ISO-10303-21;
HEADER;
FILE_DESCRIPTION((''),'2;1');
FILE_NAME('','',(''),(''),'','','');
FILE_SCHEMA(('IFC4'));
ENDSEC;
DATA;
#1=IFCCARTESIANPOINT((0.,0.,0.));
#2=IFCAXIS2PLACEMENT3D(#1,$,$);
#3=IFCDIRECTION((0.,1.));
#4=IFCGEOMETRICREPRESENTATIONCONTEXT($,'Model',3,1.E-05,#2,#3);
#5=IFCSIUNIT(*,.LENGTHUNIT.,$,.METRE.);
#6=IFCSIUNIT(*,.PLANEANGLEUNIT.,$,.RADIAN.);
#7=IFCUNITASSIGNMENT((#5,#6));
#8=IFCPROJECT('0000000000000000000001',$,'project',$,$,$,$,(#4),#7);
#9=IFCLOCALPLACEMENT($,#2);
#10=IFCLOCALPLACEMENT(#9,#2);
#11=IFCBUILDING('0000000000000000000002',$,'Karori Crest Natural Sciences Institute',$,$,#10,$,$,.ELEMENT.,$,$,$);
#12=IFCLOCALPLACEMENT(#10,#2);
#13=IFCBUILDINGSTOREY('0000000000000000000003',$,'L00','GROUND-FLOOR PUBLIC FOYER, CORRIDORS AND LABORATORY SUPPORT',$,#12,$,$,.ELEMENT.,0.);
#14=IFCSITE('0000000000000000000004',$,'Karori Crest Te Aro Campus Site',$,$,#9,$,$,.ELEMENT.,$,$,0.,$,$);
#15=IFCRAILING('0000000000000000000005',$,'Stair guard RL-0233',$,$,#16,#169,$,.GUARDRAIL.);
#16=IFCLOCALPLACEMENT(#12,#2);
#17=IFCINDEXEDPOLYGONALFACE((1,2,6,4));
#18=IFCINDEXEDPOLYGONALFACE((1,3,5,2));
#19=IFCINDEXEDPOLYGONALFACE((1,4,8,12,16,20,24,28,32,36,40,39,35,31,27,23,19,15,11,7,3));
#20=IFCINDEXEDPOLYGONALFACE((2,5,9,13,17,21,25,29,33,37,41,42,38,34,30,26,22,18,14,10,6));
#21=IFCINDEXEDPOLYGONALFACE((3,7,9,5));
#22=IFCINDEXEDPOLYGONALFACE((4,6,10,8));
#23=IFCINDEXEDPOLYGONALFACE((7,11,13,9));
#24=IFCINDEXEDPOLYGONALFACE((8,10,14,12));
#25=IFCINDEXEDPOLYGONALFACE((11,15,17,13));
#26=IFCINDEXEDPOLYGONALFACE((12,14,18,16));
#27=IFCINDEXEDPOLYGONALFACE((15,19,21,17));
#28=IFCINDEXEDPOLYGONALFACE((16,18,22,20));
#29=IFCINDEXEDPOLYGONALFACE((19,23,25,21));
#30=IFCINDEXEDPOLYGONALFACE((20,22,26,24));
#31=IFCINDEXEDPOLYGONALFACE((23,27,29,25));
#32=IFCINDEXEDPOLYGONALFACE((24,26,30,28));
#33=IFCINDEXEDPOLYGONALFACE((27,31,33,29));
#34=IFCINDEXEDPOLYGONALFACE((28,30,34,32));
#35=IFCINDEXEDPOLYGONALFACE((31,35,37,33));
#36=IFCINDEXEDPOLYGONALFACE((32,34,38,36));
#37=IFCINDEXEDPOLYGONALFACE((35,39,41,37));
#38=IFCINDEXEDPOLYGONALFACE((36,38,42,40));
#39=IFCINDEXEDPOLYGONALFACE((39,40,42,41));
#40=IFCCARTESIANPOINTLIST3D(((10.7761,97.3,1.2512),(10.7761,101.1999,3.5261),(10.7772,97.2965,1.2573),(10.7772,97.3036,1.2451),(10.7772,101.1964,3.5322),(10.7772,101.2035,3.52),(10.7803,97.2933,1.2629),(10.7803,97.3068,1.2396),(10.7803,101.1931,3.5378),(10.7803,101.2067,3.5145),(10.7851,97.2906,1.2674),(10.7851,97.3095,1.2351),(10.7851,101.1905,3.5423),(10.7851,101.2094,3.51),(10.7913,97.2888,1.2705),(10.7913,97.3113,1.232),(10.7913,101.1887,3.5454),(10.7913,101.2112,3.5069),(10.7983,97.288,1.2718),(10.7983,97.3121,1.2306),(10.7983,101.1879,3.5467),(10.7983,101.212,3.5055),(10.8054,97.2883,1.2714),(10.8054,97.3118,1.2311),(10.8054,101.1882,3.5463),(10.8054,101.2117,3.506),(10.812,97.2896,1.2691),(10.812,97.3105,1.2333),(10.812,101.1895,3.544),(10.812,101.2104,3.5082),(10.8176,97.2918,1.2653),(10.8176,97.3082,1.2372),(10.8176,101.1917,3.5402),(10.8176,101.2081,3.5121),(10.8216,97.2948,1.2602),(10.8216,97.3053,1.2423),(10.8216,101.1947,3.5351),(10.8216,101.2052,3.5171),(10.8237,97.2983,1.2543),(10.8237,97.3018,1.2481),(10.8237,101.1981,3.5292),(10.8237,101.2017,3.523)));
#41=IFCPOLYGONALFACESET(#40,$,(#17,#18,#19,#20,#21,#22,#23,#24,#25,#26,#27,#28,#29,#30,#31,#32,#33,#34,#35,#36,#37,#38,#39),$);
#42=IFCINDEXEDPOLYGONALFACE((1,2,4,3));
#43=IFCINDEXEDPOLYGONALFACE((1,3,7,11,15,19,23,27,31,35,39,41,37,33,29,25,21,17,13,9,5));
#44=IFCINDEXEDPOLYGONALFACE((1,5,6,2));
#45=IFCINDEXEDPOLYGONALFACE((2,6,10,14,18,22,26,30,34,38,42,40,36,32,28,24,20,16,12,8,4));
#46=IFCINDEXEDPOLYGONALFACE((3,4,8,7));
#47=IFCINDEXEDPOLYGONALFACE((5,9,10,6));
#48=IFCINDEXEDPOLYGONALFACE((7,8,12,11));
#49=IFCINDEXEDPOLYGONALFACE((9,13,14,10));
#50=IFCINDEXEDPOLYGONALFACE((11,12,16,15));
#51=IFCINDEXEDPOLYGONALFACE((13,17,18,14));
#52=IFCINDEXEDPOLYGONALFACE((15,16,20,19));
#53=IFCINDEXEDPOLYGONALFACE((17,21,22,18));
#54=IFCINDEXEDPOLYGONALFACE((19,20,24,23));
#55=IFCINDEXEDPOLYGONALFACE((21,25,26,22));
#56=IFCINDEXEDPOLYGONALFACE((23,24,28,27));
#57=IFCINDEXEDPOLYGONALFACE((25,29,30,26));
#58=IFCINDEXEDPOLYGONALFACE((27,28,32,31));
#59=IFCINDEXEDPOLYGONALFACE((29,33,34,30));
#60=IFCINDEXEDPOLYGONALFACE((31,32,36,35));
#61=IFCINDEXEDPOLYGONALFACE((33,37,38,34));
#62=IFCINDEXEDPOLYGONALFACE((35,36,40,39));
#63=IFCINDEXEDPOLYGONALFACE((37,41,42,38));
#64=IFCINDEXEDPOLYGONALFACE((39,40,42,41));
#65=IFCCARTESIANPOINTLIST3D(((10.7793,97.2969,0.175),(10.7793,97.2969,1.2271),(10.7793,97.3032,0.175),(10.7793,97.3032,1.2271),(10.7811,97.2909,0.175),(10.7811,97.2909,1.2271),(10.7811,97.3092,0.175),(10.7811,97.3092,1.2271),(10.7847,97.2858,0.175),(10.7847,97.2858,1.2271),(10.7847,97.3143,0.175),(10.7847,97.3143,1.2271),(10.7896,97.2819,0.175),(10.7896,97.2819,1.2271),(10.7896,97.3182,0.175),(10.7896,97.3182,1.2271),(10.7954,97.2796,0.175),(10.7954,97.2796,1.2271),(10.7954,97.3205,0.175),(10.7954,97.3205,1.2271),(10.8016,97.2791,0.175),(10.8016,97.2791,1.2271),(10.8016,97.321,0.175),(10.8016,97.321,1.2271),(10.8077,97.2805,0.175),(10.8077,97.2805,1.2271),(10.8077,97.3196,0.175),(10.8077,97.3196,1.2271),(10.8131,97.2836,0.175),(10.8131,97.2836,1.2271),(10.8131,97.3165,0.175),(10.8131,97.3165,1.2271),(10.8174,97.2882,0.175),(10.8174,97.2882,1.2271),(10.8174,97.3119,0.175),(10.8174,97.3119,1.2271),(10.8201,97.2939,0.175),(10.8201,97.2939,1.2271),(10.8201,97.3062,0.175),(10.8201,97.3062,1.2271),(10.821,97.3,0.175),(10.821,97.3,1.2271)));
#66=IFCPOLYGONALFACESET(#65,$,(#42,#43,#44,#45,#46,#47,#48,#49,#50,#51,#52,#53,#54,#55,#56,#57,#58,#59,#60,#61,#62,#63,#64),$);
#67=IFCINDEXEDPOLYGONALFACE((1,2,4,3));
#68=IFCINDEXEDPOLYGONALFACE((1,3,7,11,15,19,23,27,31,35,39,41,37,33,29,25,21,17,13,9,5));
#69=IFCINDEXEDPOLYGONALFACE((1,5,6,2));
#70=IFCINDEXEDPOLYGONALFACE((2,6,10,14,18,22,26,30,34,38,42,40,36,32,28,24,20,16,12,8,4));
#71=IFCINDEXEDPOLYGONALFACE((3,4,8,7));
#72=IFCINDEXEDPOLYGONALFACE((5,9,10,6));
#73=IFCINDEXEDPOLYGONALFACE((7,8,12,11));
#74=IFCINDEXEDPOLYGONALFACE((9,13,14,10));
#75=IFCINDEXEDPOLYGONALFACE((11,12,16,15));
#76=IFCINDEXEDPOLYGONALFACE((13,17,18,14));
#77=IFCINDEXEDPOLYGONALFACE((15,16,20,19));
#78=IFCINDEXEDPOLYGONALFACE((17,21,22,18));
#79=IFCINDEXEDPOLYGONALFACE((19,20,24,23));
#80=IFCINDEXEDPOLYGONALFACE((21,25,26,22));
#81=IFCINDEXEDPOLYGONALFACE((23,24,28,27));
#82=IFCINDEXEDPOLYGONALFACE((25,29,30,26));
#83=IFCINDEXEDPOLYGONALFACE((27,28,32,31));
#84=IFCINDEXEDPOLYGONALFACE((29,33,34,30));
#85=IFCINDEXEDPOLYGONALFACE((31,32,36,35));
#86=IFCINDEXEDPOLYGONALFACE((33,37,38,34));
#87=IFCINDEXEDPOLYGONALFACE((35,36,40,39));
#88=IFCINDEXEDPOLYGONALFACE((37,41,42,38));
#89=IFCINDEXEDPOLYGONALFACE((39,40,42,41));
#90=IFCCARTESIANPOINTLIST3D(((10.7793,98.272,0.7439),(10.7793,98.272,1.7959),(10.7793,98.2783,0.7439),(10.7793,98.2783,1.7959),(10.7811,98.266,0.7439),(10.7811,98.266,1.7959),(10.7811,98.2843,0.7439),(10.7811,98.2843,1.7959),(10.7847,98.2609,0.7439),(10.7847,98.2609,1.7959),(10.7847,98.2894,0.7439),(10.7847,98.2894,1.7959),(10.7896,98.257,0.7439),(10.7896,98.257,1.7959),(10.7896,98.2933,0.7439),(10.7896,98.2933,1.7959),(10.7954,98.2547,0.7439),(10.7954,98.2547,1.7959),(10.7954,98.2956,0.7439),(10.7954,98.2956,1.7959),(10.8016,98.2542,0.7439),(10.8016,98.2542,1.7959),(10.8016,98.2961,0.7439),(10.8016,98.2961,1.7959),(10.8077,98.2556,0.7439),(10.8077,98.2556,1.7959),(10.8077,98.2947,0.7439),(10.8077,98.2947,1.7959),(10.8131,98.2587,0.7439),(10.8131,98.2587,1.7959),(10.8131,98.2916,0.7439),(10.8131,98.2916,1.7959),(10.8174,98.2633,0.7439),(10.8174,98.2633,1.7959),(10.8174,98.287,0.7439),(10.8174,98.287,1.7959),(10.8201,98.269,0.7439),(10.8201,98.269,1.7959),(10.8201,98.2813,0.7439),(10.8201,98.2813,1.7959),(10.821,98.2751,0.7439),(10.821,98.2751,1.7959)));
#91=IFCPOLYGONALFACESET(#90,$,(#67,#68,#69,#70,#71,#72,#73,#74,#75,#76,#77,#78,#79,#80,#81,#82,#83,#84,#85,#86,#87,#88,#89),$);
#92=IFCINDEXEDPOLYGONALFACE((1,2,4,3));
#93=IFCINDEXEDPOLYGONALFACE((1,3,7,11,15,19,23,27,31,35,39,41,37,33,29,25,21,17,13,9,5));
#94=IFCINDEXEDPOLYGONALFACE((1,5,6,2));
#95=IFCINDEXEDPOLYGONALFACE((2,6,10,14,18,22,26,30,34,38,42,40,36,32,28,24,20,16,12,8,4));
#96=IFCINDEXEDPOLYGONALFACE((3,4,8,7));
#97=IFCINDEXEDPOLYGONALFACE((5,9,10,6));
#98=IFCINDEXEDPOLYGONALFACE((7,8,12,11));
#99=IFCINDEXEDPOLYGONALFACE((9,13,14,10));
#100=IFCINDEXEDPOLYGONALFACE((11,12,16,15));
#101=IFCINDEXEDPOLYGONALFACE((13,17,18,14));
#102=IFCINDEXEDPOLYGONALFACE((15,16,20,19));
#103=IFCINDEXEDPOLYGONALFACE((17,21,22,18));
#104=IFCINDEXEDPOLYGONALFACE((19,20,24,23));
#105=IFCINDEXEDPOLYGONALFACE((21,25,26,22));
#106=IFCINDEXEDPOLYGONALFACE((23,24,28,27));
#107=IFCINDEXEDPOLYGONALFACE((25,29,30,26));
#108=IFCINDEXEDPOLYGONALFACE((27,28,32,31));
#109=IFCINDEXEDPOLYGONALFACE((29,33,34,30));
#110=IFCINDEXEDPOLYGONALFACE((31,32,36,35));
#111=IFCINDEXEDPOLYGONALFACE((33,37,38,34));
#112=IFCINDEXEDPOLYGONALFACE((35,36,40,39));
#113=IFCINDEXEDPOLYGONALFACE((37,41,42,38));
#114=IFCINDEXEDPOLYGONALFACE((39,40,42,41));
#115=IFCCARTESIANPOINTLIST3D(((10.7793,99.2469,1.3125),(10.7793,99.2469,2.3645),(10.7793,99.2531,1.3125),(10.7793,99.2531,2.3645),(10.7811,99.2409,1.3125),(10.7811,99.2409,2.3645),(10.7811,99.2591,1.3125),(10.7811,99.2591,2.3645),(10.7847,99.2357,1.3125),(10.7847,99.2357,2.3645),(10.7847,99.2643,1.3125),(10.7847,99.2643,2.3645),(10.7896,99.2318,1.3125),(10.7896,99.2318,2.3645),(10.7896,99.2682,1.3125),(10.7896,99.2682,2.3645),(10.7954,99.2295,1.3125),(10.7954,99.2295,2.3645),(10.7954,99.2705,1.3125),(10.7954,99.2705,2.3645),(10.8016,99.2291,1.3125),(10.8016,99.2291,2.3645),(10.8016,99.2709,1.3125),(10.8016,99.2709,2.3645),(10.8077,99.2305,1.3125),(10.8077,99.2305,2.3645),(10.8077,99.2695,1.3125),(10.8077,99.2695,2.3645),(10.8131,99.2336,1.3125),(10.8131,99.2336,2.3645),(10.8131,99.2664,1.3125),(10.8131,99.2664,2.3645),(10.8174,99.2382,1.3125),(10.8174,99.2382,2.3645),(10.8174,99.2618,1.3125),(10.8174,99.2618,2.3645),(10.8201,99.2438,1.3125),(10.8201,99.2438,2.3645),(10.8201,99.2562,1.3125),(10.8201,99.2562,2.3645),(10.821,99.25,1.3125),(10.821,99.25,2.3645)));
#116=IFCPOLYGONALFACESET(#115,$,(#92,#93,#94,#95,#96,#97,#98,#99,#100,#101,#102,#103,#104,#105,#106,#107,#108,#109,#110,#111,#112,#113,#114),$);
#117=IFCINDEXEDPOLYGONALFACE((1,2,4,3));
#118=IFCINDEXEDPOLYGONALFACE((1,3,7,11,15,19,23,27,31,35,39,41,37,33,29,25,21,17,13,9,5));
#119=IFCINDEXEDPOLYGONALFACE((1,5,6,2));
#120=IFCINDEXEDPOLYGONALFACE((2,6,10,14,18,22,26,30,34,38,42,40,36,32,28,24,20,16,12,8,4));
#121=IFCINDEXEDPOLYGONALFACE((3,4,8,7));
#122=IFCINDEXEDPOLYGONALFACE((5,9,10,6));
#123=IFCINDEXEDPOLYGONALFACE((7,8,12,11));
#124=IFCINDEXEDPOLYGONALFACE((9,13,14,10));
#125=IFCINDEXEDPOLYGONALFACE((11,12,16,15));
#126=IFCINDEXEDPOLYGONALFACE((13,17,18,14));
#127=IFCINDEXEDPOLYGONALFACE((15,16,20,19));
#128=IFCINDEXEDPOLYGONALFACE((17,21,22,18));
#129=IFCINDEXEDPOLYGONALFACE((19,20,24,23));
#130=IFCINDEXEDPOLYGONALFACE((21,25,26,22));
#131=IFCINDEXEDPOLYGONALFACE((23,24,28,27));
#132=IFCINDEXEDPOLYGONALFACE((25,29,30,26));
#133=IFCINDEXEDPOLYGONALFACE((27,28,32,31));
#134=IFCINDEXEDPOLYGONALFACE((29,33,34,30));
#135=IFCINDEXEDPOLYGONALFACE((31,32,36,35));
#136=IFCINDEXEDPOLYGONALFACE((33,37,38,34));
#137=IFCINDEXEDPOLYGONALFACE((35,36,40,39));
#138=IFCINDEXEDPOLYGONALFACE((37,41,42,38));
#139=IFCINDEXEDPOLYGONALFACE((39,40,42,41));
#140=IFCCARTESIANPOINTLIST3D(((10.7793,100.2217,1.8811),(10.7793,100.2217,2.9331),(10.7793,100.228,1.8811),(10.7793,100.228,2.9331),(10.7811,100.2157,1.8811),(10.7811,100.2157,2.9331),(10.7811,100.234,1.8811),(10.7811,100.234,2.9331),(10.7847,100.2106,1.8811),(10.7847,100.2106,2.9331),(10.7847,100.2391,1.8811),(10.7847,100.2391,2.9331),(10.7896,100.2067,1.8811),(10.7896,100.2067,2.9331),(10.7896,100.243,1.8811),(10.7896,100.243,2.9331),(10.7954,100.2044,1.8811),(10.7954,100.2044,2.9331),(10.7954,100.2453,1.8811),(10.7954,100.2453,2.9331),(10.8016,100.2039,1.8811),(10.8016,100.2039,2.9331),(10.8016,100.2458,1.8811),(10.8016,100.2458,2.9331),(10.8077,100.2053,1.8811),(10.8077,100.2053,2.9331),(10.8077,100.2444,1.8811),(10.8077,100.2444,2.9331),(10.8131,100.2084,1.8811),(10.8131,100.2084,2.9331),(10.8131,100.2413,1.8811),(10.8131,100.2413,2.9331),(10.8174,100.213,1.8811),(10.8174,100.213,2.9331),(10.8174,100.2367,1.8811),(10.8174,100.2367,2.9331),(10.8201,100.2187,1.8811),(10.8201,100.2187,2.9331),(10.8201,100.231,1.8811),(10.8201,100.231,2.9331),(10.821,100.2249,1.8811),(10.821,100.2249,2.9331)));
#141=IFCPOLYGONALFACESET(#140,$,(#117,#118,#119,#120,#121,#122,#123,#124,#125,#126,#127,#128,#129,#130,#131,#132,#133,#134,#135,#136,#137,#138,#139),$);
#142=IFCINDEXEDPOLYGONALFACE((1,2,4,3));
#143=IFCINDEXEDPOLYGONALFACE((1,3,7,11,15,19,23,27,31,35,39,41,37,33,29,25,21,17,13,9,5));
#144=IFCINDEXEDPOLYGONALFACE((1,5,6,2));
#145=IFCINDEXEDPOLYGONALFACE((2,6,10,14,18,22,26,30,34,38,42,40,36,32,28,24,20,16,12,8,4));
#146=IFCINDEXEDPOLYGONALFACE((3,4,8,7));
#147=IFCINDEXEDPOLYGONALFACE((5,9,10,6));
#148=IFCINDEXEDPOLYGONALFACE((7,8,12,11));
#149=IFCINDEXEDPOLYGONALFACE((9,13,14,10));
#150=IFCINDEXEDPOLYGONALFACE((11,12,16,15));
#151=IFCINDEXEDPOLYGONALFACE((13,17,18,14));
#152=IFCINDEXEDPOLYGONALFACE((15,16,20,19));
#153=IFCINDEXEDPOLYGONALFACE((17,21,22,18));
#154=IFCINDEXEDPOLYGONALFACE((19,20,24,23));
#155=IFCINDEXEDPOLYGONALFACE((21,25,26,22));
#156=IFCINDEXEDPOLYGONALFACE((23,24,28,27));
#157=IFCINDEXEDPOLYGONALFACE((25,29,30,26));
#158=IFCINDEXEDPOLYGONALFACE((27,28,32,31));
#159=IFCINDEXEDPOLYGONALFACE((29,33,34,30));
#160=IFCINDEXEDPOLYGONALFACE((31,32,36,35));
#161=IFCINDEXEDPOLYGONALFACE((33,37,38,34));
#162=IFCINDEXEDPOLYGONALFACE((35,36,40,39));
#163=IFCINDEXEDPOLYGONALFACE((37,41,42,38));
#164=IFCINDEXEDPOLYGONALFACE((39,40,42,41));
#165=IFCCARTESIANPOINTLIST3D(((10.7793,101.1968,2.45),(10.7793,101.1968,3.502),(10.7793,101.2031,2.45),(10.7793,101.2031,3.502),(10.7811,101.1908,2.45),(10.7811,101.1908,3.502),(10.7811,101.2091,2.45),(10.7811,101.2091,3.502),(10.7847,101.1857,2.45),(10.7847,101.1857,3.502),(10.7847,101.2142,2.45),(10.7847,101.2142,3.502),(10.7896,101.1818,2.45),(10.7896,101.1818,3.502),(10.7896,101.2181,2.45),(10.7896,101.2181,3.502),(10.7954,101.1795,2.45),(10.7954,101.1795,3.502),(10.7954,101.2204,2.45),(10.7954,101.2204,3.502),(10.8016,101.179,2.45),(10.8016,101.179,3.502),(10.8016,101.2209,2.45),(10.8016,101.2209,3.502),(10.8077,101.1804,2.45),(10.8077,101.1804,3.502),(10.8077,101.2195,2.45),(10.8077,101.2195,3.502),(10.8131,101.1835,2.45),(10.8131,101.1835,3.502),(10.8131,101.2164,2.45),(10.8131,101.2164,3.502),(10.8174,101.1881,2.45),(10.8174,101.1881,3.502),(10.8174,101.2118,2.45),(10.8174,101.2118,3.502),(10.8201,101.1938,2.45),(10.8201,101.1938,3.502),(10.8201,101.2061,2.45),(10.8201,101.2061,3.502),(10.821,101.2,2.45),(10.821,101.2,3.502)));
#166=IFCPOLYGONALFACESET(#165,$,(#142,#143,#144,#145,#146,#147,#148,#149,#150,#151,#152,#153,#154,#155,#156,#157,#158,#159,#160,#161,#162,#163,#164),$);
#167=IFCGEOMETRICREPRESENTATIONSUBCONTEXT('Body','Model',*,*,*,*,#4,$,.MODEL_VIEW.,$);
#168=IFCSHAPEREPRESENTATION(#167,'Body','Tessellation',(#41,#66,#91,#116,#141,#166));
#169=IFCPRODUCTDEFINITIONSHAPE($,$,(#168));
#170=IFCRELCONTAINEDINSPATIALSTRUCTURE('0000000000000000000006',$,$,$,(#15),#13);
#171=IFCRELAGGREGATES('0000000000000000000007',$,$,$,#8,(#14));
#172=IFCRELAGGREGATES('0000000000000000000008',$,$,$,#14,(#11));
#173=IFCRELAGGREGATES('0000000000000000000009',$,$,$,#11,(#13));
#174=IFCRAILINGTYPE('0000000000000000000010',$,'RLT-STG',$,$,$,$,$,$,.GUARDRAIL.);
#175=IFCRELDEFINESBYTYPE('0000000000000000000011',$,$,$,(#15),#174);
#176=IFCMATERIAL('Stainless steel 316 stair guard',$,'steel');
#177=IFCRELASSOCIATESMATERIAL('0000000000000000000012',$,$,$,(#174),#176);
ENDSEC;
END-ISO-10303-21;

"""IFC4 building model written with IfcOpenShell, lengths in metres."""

from ifc_helpers import new_model, si_unit, direction, frame, origin, origin_2d, place, context, subcontext, project, spatial, circle, extrude, material, type_object, element, save


model = new_model("IFC4")

# Units and contexts
model_context = context("Model", 3, precision=1e-05, world=origin(), true_north=direction((0.0, 1.0)))
body_context = subcontext(model_context, "Body", "Model", "MODEL_VIEW")
ifc_project = project(units=[si_unit("LENGTHUNIT", "METRE"), si_unit("PLANEANGLEUNIT", "RADIAN")], contexts=[model_context])

# Site, building, storey
site_placement = place(None, origin())
site = spatial("IfcSite", under=ifc_project, at=site_placement, Name="Karori Crest Te Aro Campus Site", CompositionType="ELEMENT", RefElevation=0.0)
building_placement = place(site_placement, origin())
building = spatial("IfcBuilding", under=site, at=building_placement, Name="Karori Crest Natural Sciences Institute", CompositionType="ELEMENT")
storey_placement = place(building_placement, origin())
storey = spatial("IfcBuildingStorey", under=building, at=storey_placement, Name="L00", Description="GROUND-FLOOR PUBLIC FOYER, CORRIDORS AND LABORATORY SUPPORT", CompositionType="ELEMENT", Elevation=0.0)

# Railing
ifc_material_1 = material(Name="Stainless steel 316 stair guard", Category="steel")
railing_type_1 = type_object("IfcRailingType", Name="RLT-STG", PredefinedType="GUARDRAIL", material=ifc_material_1)
railing_1_placement = place(storey_placement, frame((10.8, 97.3, 0.175)))
element("IfcRailing", 1, at=railing_1_placement, inside=storey, type_object=railing_type_1, Name="Stair guard RL-0233", PredefinedType="GUARDRAIL", context=body_context, shape_type="SweptSolid", body=[
    extrude(circle(Radius=0.0239, at=origin_2d()), frame((0.0, 0.0, 1.0762), z_axis=(0.0, 0.863783, 0.503864), x_axis=(-1.0, 0.0, 0.0)), (0.0, 0.0, 1.0), 4.5149),
    extrude(circle(Radius=0.021, at=origin_2d()), origin(), (0.0, 0.0, 1.0), 1.052),
    extrude(circle(Radius=0.021, at=origin_2d()), frame((0.0, 0.9751, 0.5688)), (0.0, 0.0, 1.0), 1.052),
    extrude(circle(Radius=0.021, at=origin_2d()), frame((0.0, 1.95, 1.1375)), (0.0, 0.0, 1.0), 1.052),
    extrude(circle(Radius=0.021, at=origin_2d()), frame((0.0, 2.9248, 1.7061)), (0.0, 0.0, 1.0), 1.052),
    extrude(circle(Radius=0.021, at=origin_2d()), frame((0.0, 3.8999, 2.2749)), (0.0, 0.0, 1.0), 1.052),
])

save(model, "model.ifc")
